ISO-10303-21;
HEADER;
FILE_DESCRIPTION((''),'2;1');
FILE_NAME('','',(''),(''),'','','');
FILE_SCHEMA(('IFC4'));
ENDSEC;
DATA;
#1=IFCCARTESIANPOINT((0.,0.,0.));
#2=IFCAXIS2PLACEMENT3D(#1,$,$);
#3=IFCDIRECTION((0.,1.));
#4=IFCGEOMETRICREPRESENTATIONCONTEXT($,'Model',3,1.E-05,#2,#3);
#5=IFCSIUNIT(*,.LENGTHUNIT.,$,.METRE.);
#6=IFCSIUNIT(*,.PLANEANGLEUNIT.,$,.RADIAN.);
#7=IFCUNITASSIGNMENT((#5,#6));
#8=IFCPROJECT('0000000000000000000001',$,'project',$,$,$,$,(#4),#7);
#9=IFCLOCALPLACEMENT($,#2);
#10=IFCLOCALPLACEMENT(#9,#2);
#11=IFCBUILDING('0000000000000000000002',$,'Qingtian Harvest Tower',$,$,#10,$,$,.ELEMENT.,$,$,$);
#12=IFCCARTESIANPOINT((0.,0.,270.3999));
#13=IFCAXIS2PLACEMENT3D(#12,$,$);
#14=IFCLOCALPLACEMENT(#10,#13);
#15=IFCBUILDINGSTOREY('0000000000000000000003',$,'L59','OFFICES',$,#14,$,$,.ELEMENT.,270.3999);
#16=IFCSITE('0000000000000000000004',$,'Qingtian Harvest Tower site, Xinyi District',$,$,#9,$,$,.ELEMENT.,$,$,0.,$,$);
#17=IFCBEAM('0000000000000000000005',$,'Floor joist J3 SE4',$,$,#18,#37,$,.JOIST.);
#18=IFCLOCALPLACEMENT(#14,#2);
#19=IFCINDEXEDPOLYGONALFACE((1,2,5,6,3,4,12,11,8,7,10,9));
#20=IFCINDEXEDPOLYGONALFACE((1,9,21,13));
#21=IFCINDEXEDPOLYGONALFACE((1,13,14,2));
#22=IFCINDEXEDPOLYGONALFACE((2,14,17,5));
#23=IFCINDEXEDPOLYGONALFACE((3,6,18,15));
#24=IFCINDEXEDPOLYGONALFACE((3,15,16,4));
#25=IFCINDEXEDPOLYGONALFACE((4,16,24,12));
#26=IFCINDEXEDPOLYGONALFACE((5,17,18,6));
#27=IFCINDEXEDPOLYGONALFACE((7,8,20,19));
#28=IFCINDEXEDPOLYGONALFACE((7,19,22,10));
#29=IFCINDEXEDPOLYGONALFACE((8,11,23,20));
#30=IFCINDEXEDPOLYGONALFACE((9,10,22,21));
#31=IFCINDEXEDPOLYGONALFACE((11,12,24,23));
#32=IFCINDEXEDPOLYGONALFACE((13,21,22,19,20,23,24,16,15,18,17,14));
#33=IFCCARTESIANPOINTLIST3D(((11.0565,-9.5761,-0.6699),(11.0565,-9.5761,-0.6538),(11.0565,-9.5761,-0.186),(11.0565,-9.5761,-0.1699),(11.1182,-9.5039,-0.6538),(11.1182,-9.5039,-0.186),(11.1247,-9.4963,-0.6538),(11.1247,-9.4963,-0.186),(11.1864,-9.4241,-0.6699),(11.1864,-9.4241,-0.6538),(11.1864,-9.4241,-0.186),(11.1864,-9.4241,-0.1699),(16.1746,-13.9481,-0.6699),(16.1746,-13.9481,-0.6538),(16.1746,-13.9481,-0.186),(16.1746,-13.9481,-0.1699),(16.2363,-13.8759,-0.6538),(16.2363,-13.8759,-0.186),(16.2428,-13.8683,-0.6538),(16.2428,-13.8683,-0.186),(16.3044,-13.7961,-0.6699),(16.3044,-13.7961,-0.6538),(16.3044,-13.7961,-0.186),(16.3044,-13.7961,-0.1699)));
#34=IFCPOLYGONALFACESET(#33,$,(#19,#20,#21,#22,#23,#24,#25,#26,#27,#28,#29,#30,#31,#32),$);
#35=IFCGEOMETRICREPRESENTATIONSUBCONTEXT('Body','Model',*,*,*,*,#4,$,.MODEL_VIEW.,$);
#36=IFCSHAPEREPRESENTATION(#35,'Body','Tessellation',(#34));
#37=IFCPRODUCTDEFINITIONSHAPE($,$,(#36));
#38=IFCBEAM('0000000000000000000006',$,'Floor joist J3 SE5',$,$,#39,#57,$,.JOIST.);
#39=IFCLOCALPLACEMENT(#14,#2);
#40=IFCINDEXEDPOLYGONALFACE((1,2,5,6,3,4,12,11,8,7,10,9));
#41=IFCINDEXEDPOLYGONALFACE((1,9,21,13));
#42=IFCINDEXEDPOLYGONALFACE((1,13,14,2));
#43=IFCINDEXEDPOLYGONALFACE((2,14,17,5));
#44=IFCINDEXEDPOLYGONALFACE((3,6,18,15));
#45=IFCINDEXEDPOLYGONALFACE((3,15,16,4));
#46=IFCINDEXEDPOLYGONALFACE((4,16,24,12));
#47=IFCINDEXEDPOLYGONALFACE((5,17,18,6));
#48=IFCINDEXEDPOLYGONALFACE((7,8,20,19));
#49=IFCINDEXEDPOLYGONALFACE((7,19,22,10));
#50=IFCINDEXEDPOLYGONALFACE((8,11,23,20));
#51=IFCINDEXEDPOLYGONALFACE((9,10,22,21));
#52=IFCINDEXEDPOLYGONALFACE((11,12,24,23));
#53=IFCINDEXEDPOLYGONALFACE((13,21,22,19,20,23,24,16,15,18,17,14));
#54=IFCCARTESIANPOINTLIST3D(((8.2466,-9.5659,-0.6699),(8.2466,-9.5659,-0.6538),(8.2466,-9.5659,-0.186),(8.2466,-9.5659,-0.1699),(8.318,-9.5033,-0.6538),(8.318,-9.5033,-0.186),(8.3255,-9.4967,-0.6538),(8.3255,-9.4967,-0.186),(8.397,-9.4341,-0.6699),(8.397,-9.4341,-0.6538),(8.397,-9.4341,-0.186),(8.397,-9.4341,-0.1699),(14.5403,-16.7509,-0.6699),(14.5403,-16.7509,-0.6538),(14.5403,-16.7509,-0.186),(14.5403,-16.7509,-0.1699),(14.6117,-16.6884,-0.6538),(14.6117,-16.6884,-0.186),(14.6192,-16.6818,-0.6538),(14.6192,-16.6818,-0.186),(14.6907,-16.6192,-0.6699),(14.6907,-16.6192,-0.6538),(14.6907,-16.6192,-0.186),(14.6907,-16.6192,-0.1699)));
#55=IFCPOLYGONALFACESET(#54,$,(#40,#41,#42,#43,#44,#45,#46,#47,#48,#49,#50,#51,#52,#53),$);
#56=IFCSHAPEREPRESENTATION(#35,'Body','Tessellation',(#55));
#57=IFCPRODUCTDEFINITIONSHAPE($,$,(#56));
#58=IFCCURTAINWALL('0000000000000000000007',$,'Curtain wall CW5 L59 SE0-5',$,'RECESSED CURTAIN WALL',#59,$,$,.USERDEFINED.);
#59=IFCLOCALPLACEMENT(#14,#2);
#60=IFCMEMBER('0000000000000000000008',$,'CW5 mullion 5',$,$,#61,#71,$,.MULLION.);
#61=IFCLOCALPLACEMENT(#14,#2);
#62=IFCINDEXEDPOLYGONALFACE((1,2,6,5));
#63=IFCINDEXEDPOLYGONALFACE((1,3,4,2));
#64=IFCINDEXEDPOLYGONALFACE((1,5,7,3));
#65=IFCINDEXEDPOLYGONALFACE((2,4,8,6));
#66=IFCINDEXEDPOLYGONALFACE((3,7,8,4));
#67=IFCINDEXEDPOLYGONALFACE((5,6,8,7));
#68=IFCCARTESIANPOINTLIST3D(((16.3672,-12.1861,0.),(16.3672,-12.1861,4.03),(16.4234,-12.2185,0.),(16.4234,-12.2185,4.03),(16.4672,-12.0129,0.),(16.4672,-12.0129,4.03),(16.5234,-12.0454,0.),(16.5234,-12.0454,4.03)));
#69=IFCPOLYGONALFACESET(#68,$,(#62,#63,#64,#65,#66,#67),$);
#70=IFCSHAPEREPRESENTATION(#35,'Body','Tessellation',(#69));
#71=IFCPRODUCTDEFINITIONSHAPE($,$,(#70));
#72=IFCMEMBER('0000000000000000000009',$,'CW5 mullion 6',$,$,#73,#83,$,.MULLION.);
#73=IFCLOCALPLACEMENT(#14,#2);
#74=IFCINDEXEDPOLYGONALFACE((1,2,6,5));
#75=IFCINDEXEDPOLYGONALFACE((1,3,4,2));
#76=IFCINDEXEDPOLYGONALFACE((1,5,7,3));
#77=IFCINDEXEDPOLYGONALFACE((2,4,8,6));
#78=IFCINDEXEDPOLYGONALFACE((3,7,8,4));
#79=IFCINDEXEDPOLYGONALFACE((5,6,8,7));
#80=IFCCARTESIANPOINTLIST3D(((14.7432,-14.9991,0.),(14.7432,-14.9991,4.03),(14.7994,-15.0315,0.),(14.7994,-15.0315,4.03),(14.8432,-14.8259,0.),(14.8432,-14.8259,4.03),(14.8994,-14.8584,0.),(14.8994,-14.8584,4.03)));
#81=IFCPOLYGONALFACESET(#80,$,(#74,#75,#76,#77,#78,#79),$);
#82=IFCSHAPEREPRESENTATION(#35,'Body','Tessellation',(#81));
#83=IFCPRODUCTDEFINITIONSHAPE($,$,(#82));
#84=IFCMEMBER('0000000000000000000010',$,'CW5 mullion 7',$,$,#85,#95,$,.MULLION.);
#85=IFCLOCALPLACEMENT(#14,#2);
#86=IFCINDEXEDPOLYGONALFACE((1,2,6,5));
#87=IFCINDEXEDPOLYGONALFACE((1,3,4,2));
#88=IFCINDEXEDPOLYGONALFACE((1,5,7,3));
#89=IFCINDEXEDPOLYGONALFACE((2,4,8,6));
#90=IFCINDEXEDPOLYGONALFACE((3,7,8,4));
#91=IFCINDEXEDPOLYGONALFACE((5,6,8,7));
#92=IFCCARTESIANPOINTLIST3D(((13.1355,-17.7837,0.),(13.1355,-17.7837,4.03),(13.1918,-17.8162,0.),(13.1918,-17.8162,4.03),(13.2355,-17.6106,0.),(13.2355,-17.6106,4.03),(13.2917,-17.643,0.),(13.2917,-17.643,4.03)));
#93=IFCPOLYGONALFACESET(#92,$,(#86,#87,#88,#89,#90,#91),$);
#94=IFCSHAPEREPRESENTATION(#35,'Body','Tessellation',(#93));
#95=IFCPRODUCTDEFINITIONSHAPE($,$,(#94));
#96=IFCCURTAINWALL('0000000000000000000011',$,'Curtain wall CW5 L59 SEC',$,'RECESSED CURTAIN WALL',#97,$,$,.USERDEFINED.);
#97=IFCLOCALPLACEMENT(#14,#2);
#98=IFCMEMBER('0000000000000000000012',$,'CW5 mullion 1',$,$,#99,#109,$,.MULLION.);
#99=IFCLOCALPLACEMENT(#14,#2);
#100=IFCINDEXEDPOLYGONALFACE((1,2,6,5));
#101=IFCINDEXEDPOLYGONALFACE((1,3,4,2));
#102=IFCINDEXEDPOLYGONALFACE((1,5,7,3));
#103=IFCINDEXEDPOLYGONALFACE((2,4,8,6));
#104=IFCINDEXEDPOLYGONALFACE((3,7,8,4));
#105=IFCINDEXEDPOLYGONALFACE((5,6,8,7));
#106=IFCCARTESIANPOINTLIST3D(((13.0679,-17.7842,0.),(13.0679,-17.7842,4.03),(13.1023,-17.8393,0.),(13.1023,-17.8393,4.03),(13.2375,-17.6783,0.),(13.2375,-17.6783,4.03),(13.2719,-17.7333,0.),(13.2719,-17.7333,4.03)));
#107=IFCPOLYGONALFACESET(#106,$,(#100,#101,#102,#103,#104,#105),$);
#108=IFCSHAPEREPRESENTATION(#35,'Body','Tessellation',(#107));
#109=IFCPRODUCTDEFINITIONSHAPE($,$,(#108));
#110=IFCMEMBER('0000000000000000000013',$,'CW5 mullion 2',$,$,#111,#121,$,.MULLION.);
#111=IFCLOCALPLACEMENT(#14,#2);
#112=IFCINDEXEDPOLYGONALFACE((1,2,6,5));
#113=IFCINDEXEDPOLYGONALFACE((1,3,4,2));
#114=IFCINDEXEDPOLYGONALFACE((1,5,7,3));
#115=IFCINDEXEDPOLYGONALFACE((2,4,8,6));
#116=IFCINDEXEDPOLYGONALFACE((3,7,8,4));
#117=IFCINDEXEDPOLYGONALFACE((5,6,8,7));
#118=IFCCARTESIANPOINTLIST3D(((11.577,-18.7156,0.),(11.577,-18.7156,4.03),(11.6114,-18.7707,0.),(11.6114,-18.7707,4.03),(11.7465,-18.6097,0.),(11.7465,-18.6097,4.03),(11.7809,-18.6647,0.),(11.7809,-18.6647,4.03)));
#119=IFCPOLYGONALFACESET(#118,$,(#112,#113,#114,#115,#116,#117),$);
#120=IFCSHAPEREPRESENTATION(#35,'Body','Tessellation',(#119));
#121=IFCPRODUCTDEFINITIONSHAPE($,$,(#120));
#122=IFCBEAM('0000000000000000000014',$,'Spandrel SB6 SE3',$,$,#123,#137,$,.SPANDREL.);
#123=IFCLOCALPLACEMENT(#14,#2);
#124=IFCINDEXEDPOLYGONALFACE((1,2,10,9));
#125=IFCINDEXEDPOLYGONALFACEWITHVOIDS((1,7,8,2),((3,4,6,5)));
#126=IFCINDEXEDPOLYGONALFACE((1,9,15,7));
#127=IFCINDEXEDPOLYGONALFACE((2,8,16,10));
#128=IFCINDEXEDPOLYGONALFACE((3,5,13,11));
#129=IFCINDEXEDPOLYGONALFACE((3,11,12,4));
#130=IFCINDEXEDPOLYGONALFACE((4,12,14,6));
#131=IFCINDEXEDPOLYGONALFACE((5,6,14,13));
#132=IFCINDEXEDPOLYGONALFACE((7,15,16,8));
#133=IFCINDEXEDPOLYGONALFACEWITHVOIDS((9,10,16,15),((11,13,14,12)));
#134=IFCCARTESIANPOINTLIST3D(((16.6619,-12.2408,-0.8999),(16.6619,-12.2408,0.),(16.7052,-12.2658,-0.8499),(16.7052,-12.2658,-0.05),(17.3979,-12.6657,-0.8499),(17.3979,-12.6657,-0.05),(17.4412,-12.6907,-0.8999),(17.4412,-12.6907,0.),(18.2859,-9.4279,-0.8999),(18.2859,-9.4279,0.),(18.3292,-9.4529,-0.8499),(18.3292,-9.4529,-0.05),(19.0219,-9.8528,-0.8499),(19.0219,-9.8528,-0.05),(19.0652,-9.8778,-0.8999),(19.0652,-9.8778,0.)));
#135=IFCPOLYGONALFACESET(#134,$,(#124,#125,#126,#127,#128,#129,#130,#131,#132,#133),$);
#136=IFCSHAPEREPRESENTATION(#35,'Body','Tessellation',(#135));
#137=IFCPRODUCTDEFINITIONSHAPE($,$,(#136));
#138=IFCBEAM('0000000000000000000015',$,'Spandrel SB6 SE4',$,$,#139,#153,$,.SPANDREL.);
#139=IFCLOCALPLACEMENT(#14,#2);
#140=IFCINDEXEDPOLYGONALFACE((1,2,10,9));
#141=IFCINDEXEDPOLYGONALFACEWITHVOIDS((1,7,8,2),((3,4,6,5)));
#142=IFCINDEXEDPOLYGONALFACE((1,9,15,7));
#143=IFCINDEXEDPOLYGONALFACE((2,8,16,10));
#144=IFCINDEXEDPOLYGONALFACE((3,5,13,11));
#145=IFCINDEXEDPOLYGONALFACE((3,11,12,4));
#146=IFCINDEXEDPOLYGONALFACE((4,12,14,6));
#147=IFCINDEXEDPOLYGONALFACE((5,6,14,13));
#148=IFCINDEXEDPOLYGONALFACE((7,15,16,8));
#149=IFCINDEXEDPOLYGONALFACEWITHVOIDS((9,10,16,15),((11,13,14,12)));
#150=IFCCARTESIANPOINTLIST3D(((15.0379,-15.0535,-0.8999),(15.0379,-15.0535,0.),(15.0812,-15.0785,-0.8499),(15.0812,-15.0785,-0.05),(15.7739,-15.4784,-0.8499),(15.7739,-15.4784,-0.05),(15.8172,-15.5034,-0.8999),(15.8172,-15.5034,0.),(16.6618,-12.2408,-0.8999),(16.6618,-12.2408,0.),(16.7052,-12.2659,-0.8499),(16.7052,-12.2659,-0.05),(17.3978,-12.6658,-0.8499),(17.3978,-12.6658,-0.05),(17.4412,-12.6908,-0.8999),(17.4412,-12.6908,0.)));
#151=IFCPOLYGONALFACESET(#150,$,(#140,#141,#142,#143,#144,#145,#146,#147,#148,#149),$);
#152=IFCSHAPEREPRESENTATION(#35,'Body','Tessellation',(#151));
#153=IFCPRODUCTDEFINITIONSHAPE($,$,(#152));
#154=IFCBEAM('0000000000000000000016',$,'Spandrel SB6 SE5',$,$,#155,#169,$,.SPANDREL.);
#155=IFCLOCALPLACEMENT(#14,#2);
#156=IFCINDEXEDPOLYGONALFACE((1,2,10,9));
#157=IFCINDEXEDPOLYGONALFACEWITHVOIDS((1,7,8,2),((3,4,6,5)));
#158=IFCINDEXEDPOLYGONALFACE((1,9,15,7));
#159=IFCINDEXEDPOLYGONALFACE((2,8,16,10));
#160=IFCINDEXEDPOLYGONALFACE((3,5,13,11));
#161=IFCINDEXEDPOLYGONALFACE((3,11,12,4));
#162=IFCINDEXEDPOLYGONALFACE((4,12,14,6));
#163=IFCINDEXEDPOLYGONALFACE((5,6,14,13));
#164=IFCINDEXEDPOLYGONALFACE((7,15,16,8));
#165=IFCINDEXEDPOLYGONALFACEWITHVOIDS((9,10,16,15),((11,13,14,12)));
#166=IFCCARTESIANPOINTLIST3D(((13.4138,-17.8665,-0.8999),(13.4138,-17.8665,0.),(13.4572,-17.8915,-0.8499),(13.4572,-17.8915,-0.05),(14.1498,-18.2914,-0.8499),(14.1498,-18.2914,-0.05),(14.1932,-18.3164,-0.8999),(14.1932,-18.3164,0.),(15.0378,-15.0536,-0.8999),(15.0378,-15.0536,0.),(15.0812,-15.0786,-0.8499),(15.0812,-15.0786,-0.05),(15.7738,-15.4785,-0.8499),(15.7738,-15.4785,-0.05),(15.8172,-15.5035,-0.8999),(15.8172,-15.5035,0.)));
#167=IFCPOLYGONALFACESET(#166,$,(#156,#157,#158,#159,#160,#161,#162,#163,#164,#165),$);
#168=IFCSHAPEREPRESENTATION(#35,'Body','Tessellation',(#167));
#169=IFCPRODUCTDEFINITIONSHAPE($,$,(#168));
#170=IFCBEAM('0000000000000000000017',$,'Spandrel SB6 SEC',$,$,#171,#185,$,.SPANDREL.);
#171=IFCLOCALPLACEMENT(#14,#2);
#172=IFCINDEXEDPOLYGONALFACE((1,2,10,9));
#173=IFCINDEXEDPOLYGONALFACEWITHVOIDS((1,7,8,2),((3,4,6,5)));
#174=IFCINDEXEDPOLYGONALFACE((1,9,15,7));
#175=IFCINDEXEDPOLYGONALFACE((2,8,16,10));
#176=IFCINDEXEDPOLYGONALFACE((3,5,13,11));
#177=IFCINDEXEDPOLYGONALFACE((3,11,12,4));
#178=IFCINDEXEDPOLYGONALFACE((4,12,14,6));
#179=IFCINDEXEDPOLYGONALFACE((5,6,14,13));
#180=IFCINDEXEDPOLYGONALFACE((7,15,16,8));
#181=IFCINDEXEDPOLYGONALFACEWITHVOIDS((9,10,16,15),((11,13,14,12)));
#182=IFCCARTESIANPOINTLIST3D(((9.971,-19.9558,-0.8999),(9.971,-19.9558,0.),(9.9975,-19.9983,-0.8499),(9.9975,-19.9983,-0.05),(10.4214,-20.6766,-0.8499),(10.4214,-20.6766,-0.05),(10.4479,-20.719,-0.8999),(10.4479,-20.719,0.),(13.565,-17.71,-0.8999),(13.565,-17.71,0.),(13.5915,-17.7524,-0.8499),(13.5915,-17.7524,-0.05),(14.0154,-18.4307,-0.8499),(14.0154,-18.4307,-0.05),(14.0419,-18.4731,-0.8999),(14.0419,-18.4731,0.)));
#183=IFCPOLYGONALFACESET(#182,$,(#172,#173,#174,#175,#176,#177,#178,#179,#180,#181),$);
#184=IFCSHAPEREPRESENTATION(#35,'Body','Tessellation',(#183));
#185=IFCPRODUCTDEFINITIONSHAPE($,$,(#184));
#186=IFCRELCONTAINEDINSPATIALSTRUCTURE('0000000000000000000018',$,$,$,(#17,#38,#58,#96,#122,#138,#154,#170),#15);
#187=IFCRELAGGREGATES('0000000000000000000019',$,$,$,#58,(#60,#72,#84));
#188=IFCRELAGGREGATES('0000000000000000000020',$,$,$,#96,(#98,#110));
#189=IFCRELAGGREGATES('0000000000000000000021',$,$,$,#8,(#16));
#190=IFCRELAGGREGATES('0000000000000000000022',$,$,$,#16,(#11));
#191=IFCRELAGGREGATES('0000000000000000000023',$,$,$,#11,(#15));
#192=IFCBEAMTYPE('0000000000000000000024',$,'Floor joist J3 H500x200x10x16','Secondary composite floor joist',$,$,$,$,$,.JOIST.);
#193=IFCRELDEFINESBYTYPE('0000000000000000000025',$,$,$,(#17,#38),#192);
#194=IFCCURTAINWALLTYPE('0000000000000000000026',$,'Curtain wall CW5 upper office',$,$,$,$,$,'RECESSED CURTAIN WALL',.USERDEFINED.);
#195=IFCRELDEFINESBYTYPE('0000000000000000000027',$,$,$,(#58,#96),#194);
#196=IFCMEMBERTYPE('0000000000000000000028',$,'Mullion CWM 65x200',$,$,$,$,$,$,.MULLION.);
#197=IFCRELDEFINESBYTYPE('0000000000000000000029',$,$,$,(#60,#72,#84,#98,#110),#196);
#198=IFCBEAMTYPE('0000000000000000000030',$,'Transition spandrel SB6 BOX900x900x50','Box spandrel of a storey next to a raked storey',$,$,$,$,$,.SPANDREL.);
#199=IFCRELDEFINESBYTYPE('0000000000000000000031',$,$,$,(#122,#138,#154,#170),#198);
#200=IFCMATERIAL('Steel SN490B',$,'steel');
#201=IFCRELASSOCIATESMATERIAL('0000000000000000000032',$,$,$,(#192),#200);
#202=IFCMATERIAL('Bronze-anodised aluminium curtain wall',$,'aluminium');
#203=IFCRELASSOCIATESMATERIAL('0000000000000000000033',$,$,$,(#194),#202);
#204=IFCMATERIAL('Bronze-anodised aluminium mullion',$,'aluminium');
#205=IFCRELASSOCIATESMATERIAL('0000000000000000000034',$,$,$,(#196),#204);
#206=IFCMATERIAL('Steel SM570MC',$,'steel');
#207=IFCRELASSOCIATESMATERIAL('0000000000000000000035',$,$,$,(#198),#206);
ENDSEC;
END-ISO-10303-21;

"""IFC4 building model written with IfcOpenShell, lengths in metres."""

from ifc_helpers import new_model, si_unit, direction, frame, origin, origin_2d, place, context, subcontext, project, spatial, rectangle, hollow_rectangle, i_section, extrude, material, material_profile, profile_set, type_object, element, aggregate, save


model = new_model("IFC4")

# Units and contexts
model_context = context("Model", 3, precision=1e-05, world=origin(), true_north=direction((0.0, 1.0)))
body_context = subcontext(model_context, "Body", "Model", "MODEL_VIEW")
ifc_project = project(units=[si_unit("LENGTHUNIT", "METRE"), si_unit("PLANEANGLEUNIT", "RADIAN")], contexts=[model_context])

# Site, building, storey
site_placement = place(None, origin())
site = spatial("IfcSite", under=ifc_project, at=site_placement, Name="Qingtian Harvest Tower site, Xinyi District", CompositionType="ELEMENT", RefElevation=0.0)
building_placement = place(site_placement, origin())
building = spatial("IfcBuilding", under=site, at=building_placement, Name="Qingtian Harvest Tower", CompositionType="ELEMENT")
storey_placement = place(building_placement, frame((0.0, 0.0, 270.3999)))
storey = spatial("IfcBuildingStorey", under=building, at=storey_placement, Name="L59", Description="OFFICES", CompositionType="ELEMENT", Elevation=270.3999)

# Beams
ifc_material_1 = material(Name="Steel SN490B", Category="steel")
ifc_material_profile_1 = material_profile(ifc_material_1, i_section(OverallWidth=0.2, OverallDepth=0.5, WebThickness=0.01, FlangeThickness=0.0161, at=origin_2d()), Name="H500x200x10x16")
ifc_profile_set_1 = profile_set([ifc_material_profile_1], Name="Steel SN490B")
beam_type_1 = type_object("IfcBeamType", Name="Floor joist J3 H500x200x10x16", Description="Secondary composite floor joist", PredefinedType="JOIST", material=ifc_profile_set_1)
beam_1_placement = place(storey_placement, frame((16.2395, -13.8721, -0.4199), z_axis=(-0.760351, 0.649512, 0.0), x_axis=(-0.649512, -0.760351, 0.0)))
element("IfcBeam", 1, at=beam_1_placement, inside=storey, type_object=beam_type_1, Name="Floor joist J3 SE4", PredefinedType="JOIST", context=body_context, shape_type="SweptSolid", body=[
    extrude(i_section(OverallWidth=0.2, OverallDepth=0.5, WebThickness=0.01, FlangeThickness=0.0161, at=origin_2d()), origin(), (0.0, 0.0, 1.0), 6.7312),
])
beam_2_placement = place(storey_placement, frame((14.6155, -16.6851, -0.4199), z_axis=(-0.658906, 0.752225, 0.0), x_axis=(-0.752225, -0.658906, 0.0)))
element("IfcBeam", 2, at=beam_2_placement, inside=storey, type_object=beam_type_1, Name="Floor joist J3 SE5", PredefinedType="JOIST", context=body_context, shape_type="SweptSolid", body=[
    extrude(i_section(OverallWidth=0.2, OverallDepth=0.5, WebThickness=0.01, FlangeThickness=0.0161, at=origin_2d()), origin(), (0.0, 0.0, 1.0), 9.5518),
])

# Curtain walls, members
ifc_material_2 = material(Name="Bronze-anodised aluminium curtain wall", Category="aluminium")
curtain_wall_type = type_object("IfcCurtainWallType", Name="Curtain wall CW5 upper office", ElementType="RECESSED CURTAIN WALL", PredefinedType="USERDEFINED", material=ifc_material_2)
curtain_wall_1_placement = place(storey_placement, origin())
curtain_wall_1 = element("IfcCurtainWall", 3, at=curtain_wall_1_placement, inside=storey, type_object=curtain_wall_type, Name="Curtain wall CW5 L59 SE0-5", ObjectType="RECESSED CURTAIN WALL", PredefinedType="USERDEFINED")
ifc_material_3 = material(Name="Bronze-anodised aluminium mullion", Category="aluminium")
ifc_material_profile_2 = material_profile(ifc_material_3, rectangle(XDim=0.0649, YDim=0.2, at=origin_2d()), Name="AL 65x200")
ifc_profile_set_2 = profile_set([ifc_material_profile_2], Name="Bronze-anodised aluminium mullion")
member_type_1 = type_object("IfcMemberType", Name="Mullion CWM 65x200", PredefinedType="MULLION", material=ifc_profile_set_2)
member_1_placement = place(storey_placement, frame((16.4453, -12.1157, 0.0), z_axis=(0.0, 0.0, 1.0), x_axis=(0.866025, -0.5, 0.0)))
member_1 = element("IfcMember", 4, at=member_1_placement, type_object=member_type_1, Name="CW5 mullion 5", PredefinedType="MULLION", context=body_context, shape_type="SweptSolid", body=[
    extrude(rectangle(XDim=0.0649, YDim=0.2, at=origin_2d()), origin(), (0.0, 0.0, 1.0), 4.03),
])
member_2_placement = place(storey_placement, frame((14.8213, -14.9287, 0.0), z_axis=(0.0, 0.0, 1.0), x_axis=(0.866025, -0.5, 0.0)))
member_2 = element("IfcMember", 5, at=member_2_placement, type_object=member_type_1, Name="CW5 mullion 6", PredefinedType="MULLION", context=body_context, shape_type="SweptSolid", body=[
    extrude(rectangle(XDim=0.0649, YDim=0.2, at=origin_2d()), origin(), (0.0, 0.0, 1.0), 4.03),
])
member_3_placement = place(storey_placement, frame((13.2136, -17.7134, 0.0), z_axis=(0.0, 0.0, 1.0), x_axis=(0.866025, -0.5, 0.0)))
member_3 = element("IfcMember", 6, at=member_3_placement, type_object=member_type_1, Name="CW5 mullion 7", PredefinedType="MULLION", context=body_context, shape_type="SweptSolid", body=[
    extrude(rectangle(XDim=0.0649, YDim=0.2, at=origin_2d()), origin(), (0.0, 0.0, 1.0), 4.03),
])
curtain_wall_2_placement = place(storey_placement, origin())
curtain_wall_2 = element("IfcCurtainWall", 7, at=curtain_wall_2_placement, inside=storey, type_object=curtain_wall_type, Name="Curtain wall CW5 L59 SEC", ObjectType="RECESSED CURTAIN WALL", PredefinedType="USERDEFINED")
member_4_placement = place(storey_placement, frame((13.1699, -17.7588, 0.0), z_axis=(0.0, 0.0, 1.0), x_axis=(0.529919, -0.848048, 0.0)))
member_4 = element("IfcMember", 8, at=member_4_placement, type_object=member_type_1, Name="CW5 mullion 1", PredefinedType="MULLION", context=body_context, shape_type="SweptSolid", body=[
    extrude(rectangle(XDim=0.0649, YDim=0.2, at=origin_2d()), origin(), (0.0, 0.0, 1.0), 4.03),
])
member_5_placement = place(storey_placement, frame((11.679, -18.6902, 0.0), z_axis=(0.0, 0.0, 1.0), x_axis=(0.529919, -0.848048, 0.0)))
member_5 = element("IfcMember", 9, at=member_5_placement, type_object=member_type_1, Name="CW5 mullion 2", PredefinedType="MULLION", context=body_context, shape_type="SweptSolid", body=[
    extrude(rectangle(XDim=0.0649, YDim=0.2, at=origin_2d()), origin(), (0.0, 0.0, 1.0), 4.03),
])

# Beams
ifc_material_4 = material(Name="Steel SM570MC", Category="steel")
ifc_material_profile_3 = material_profile(ifc_material_4, hollow_rectangle(XDim=0.8999, YDim=0.8999, WallThickness=0.05, at=origin_2d()), Name="BOX900x900x50")
ifc_profile_set_3 = profile_set([ifc_material_profile_3], Name="Steel SM570MC")
beam_type_2 = type_object("IfcBeamType", Name="Transition spandrel SB6 BOX900x900x50", Description="Box spandrel of a storey next to a raked storey", PredefinedType="SPANDREL", material=ifc_profile_set_3)
beam_3_placement = place(storey_placement, frame((18.6755, -9.6528, -0.45), z_axis=(-0.499987, -0.866033, 0.0), x_axis=(0.866033, -0.499987, 0.0)))
element("IfcBeam", 10, at=beam_3_placement, inside=storey, type_object=beam_type_2, Name="Spandrel SB6 SE3", PredefinedType="SPANDREL", context=body_context, shape_type="SweptSolid", body=[
    extrude(hollow_rectangle(XDim=0.8999, YDim=0.8999, WallThickness=0.05, at=origin_2d()), origin(), (0.0, 0.0, 1.0), 3.248),
])
beam_4_placement = place(storey_placement, frame((17.0515, -12.4658, -0.45), z_axis=(-0.50002, -0.866014, 0.0), x_axis=(0.866014, -0.50002, 0.0)))
element("IfcBeam", 11, at=beam_4_placement, inside=storey, type_object=beam_type_2, Name="Spandrel SB6 SE4", PredefinedType="SPANDREL", context=body_context, shape_type="SweptSolid", body=[
    extrude(hollow_rectangle(XDim=0.8999, YDim=0.8999, WallThickness=0.05, at=origin_2d()), origin(), (0.0, 0.0, 1.0), 3.2478),
])
beam_5_placement = place(storey_placement, frame((15.4275, -15.2786, -0.45), z_axis=(-0.499987, -0.866033, 0.0), x_axis=(0.866033, -0.499987, 0.0)))
element("IfcBeam", 12, at=beam_5_placement, inside=storey, type_object=beam_type_2, Name="Spandrel SB6 SE5", PredefinedType="SPANDREL", context=body_context, shape_type="SweptSolid", body=[
    extrude(hollow_rectangle(XDim=0.8999, YDim=0.8999, WallThickness=0.05, at=origin_2d()), origin(), (0.0, 0.0, 1.0), 3.248),
])
beam_6_placement = place(storey_placement, frame((13.8035, -18.0916, -0.45), z_axis=(-0.84804, -0.529932, 0.0), x_axis=(0.529932, -0.84804, 0.0)))
element("IfcBeam", 13, at=beam_6_placement, inside=storey, type_object=beam_type_2, Name="Spandrel SB6 SEC", PredefinedType="SPANDREL", context=body_context, shape_type="SweptSolid", body=[
    extrude(hollow_rectangle(XDim=0.8999, YDim=0.8999, WallThickness=0.05, at=origin_2d()), origin(), (0.0, 0.0, 1.0), 4.238),
])

aggregate(curtain_wall_1, [member_1, member_2, member_3])
aggregate(curtain_wall_2, [member_4, member_5])

save(model, "model.ifc")
